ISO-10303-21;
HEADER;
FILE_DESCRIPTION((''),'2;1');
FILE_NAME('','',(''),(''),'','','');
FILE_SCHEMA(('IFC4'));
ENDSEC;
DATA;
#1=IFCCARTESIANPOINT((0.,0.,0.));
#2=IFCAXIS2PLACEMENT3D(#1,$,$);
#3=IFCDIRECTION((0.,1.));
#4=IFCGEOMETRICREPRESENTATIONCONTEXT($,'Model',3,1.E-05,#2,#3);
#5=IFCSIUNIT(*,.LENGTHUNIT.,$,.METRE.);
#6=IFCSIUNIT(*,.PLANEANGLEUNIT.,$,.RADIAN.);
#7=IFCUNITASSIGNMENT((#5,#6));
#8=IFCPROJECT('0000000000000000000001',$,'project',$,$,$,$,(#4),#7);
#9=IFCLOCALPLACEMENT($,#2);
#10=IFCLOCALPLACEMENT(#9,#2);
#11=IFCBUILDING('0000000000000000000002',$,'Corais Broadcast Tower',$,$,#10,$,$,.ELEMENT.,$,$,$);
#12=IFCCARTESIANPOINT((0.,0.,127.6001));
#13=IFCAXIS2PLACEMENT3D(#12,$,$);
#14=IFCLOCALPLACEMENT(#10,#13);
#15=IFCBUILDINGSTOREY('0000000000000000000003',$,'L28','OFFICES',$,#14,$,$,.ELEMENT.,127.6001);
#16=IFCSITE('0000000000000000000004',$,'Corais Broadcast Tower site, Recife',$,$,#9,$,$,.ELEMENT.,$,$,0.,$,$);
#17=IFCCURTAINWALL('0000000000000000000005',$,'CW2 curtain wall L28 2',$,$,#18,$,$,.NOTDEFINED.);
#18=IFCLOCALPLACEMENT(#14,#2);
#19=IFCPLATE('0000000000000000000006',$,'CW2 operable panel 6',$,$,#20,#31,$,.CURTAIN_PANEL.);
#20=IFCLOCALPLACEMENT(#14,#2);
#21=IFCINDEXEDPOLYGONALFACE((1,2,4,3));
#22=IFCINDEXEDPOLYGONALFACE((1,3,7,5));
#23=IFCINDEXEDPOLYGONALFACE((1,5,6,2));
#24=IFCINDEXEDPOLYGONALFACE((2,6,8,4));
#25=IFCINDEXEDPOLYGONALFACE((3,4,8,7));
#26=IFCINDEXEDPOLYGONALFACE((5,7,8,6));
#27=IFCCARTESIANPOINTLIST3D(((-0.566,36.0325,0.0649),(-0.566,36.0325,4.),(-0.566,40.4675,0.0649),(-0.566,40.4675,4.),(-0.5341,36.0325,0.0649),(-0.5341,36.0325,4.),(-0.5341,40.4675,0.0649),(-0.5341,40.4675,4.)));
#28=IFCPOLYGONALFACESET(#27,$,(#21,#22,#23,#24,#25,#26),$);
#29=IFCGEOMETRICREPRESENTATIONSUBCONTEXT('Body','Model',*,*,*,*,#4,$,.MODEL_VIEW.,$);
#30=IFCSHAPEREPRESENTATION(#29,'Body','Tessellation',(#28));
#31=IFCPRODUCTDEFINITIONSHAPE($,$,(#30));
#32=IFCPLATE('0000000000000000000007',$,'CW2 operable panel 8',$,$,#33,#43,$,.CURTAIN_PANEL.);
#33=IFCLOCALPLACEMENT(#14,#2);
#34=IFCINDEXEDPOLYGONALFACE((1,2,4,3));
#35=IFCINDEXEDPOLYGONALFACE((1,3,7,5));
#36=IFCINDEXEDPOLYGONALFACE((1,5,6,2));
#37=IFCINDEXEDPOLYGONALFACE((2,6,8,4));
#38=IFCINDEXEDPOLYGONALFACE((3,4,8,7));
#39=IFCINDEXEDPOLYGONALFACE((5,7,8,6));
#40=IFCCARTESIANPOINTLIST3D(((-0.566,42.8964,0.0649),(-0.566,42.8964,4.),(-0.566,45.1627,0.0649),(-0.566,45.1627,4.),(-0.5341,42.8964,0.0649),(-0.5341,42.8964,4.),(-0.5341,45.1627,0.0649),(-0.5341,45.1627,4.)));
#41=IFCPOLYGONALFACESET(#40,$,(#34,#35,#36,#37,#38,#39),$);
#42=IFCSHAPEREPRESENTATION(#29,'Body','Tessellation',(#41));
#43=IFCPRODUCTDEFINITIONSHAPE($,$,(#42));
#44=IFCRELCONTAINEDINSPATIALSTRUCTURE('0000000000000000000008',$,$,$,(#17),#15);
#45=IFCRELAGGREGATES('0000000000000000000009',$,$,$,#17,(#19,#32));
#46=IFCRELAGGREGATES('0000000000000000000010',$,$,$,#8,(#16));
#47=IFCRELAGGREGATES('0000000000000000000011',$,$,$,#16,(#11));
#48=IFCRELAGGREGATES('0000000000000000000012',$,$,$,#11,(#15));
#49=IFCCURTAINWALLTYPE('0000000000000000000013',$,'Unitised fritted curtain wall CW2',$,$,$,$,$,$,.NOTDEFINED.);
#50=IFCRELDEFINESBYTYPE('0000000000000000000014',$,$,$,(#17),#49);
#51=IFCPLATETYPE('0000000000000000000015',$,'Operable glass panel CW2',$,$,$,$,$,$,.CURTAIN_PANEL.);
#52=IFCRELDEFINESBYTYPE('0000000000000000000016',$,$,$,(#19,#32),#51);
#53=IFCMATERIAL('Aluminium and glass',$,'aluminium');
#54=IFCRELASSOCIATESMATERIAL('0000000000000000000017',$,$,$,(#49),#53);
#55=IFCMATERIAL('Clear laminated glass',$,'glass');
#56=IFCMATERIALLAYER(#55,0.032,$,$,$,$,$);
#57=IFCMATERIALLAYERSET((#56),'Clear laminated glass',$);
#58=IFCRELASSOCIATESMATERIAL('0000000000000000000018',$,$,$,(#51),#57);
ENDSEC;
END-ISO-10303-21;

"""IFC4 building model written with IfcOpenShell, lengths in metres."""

from ifc_helpers import new_model, si_unit, direction, frame, origin, origin_2d, place, context, subcontext, project, spatial, rectangle, extrude, material, layer, layer_set, type_object, element, aggregate, save


model = new_model("IFC4")

# Units and contexts
model_context = context("Model", 3, precision=1e-05, world=origin(), true_north=direction((0.0, 1.0)))
body_context = subcontext(model_context, "Body", "Model", "MODEL_VIEW")
ifc_project = project(units=[si_unit("LENGTHUNIT", "METRE"), si_unit("PLANEANGLEUNIT", "RADIAN")], contexts=[model_context])

# Site, building, storey
site_placement = place(None, origin())
site = spatial("IfcSite", under=ifc_project, at=site_placement, Name="Corais Broadcast Tower site, Recife", CompositionType="ELEMENT", RefElevation=0.0)
building_placement = place(site_placement, origin())
building = spatial("IfcBuilding", under=site, at=building_placement, Name="Corais Broadcast Tower", CompositionType="ELEMENT")
storey_placement = place(building_placement, frame((0.0, 0.0, 127.6001)))
storey = spatial("IfcBuildingStorey", under=building, at=storey_placement, Name="L28", Description="OFFICES", CompositionType="ELEMENT", Elevation=127.6001)

# Curtain wall
ifc_material_1 = material(Name="Aluminium and glass", Category="aluminium")
curtain_wall_type = type_object("IfcCurtainWallType", Name="Unitised fritted curtain wall CW2", PredefinedType="NOTDEFINED", material=ifc_material_1)
curtain_wall_placement = place(storey_placement, origin())
curtain_wall = element("IfcCurtainWall", 1, at=curtain_wall_placement, inside=storey, type_object=curtain_wall_type, Name="CW2 curtain wall L28 2", PredefinedType="NOTDEFINED")

# Plates
ifc_material_2 = material(Name="Clear laminated glass", Category="glass")
ifc_layer_1 = layer(ifc_material_2, 0.032)
ifc_layer_set_1 = layer_set([ifc_layer_1], Name="Clear laminated glass")
plate_type_1 = type_object("IfcPlateType", Name="Operable glass panel CW2", PredefinedType="CURTAIN_PANEL", material=ifc_layer_set_1)
plate_1_placement = place(storey_placement, frame((-0.55, 38.25, 0.0649), z_axis=(0.0, 0.0, 1.0), x_axis=(0.0, 1.0, 0.0)))
plate_1 = element("IfcPlate", 2, at=plate_1_placement, type_object=plate_type_1, Name="CW2 operable panel 6", PredefinedType="CURTAIN_PANEL", context=body_context, shape_type="SweptSolid", body=[
    extrude(rectangle(XDim=4.4351, YDim=0.032, at=origin_2d()), origin(), (0.0, 0.0, 1.0), 3.9351),
])
plate_2_placement = place(storey_placement, frame((-0.55, 44.0295, 0.0649), z_axis=(0.0, 0.0, 1.0), x_axis=(0.0, 1.0, 0.0)))
plate_2 = element("IfcPlate", 3, at=plate_2_placement, type_object=plate_type_1, Name="CW2 operable panel 8", PredefinedType="CURTAIN_PANEL", context=body_context, shape_type="SweptSolid", body=[
    extrude(rectangle(XDim=2.2664, YDim=0.032, at=origin_2d()), origin(), (0.0, 0.0, 1.0), 3.9351),
])
aggregate(curtain_wall, [plate_1, plate_2])

save(model, "model.ifc")
